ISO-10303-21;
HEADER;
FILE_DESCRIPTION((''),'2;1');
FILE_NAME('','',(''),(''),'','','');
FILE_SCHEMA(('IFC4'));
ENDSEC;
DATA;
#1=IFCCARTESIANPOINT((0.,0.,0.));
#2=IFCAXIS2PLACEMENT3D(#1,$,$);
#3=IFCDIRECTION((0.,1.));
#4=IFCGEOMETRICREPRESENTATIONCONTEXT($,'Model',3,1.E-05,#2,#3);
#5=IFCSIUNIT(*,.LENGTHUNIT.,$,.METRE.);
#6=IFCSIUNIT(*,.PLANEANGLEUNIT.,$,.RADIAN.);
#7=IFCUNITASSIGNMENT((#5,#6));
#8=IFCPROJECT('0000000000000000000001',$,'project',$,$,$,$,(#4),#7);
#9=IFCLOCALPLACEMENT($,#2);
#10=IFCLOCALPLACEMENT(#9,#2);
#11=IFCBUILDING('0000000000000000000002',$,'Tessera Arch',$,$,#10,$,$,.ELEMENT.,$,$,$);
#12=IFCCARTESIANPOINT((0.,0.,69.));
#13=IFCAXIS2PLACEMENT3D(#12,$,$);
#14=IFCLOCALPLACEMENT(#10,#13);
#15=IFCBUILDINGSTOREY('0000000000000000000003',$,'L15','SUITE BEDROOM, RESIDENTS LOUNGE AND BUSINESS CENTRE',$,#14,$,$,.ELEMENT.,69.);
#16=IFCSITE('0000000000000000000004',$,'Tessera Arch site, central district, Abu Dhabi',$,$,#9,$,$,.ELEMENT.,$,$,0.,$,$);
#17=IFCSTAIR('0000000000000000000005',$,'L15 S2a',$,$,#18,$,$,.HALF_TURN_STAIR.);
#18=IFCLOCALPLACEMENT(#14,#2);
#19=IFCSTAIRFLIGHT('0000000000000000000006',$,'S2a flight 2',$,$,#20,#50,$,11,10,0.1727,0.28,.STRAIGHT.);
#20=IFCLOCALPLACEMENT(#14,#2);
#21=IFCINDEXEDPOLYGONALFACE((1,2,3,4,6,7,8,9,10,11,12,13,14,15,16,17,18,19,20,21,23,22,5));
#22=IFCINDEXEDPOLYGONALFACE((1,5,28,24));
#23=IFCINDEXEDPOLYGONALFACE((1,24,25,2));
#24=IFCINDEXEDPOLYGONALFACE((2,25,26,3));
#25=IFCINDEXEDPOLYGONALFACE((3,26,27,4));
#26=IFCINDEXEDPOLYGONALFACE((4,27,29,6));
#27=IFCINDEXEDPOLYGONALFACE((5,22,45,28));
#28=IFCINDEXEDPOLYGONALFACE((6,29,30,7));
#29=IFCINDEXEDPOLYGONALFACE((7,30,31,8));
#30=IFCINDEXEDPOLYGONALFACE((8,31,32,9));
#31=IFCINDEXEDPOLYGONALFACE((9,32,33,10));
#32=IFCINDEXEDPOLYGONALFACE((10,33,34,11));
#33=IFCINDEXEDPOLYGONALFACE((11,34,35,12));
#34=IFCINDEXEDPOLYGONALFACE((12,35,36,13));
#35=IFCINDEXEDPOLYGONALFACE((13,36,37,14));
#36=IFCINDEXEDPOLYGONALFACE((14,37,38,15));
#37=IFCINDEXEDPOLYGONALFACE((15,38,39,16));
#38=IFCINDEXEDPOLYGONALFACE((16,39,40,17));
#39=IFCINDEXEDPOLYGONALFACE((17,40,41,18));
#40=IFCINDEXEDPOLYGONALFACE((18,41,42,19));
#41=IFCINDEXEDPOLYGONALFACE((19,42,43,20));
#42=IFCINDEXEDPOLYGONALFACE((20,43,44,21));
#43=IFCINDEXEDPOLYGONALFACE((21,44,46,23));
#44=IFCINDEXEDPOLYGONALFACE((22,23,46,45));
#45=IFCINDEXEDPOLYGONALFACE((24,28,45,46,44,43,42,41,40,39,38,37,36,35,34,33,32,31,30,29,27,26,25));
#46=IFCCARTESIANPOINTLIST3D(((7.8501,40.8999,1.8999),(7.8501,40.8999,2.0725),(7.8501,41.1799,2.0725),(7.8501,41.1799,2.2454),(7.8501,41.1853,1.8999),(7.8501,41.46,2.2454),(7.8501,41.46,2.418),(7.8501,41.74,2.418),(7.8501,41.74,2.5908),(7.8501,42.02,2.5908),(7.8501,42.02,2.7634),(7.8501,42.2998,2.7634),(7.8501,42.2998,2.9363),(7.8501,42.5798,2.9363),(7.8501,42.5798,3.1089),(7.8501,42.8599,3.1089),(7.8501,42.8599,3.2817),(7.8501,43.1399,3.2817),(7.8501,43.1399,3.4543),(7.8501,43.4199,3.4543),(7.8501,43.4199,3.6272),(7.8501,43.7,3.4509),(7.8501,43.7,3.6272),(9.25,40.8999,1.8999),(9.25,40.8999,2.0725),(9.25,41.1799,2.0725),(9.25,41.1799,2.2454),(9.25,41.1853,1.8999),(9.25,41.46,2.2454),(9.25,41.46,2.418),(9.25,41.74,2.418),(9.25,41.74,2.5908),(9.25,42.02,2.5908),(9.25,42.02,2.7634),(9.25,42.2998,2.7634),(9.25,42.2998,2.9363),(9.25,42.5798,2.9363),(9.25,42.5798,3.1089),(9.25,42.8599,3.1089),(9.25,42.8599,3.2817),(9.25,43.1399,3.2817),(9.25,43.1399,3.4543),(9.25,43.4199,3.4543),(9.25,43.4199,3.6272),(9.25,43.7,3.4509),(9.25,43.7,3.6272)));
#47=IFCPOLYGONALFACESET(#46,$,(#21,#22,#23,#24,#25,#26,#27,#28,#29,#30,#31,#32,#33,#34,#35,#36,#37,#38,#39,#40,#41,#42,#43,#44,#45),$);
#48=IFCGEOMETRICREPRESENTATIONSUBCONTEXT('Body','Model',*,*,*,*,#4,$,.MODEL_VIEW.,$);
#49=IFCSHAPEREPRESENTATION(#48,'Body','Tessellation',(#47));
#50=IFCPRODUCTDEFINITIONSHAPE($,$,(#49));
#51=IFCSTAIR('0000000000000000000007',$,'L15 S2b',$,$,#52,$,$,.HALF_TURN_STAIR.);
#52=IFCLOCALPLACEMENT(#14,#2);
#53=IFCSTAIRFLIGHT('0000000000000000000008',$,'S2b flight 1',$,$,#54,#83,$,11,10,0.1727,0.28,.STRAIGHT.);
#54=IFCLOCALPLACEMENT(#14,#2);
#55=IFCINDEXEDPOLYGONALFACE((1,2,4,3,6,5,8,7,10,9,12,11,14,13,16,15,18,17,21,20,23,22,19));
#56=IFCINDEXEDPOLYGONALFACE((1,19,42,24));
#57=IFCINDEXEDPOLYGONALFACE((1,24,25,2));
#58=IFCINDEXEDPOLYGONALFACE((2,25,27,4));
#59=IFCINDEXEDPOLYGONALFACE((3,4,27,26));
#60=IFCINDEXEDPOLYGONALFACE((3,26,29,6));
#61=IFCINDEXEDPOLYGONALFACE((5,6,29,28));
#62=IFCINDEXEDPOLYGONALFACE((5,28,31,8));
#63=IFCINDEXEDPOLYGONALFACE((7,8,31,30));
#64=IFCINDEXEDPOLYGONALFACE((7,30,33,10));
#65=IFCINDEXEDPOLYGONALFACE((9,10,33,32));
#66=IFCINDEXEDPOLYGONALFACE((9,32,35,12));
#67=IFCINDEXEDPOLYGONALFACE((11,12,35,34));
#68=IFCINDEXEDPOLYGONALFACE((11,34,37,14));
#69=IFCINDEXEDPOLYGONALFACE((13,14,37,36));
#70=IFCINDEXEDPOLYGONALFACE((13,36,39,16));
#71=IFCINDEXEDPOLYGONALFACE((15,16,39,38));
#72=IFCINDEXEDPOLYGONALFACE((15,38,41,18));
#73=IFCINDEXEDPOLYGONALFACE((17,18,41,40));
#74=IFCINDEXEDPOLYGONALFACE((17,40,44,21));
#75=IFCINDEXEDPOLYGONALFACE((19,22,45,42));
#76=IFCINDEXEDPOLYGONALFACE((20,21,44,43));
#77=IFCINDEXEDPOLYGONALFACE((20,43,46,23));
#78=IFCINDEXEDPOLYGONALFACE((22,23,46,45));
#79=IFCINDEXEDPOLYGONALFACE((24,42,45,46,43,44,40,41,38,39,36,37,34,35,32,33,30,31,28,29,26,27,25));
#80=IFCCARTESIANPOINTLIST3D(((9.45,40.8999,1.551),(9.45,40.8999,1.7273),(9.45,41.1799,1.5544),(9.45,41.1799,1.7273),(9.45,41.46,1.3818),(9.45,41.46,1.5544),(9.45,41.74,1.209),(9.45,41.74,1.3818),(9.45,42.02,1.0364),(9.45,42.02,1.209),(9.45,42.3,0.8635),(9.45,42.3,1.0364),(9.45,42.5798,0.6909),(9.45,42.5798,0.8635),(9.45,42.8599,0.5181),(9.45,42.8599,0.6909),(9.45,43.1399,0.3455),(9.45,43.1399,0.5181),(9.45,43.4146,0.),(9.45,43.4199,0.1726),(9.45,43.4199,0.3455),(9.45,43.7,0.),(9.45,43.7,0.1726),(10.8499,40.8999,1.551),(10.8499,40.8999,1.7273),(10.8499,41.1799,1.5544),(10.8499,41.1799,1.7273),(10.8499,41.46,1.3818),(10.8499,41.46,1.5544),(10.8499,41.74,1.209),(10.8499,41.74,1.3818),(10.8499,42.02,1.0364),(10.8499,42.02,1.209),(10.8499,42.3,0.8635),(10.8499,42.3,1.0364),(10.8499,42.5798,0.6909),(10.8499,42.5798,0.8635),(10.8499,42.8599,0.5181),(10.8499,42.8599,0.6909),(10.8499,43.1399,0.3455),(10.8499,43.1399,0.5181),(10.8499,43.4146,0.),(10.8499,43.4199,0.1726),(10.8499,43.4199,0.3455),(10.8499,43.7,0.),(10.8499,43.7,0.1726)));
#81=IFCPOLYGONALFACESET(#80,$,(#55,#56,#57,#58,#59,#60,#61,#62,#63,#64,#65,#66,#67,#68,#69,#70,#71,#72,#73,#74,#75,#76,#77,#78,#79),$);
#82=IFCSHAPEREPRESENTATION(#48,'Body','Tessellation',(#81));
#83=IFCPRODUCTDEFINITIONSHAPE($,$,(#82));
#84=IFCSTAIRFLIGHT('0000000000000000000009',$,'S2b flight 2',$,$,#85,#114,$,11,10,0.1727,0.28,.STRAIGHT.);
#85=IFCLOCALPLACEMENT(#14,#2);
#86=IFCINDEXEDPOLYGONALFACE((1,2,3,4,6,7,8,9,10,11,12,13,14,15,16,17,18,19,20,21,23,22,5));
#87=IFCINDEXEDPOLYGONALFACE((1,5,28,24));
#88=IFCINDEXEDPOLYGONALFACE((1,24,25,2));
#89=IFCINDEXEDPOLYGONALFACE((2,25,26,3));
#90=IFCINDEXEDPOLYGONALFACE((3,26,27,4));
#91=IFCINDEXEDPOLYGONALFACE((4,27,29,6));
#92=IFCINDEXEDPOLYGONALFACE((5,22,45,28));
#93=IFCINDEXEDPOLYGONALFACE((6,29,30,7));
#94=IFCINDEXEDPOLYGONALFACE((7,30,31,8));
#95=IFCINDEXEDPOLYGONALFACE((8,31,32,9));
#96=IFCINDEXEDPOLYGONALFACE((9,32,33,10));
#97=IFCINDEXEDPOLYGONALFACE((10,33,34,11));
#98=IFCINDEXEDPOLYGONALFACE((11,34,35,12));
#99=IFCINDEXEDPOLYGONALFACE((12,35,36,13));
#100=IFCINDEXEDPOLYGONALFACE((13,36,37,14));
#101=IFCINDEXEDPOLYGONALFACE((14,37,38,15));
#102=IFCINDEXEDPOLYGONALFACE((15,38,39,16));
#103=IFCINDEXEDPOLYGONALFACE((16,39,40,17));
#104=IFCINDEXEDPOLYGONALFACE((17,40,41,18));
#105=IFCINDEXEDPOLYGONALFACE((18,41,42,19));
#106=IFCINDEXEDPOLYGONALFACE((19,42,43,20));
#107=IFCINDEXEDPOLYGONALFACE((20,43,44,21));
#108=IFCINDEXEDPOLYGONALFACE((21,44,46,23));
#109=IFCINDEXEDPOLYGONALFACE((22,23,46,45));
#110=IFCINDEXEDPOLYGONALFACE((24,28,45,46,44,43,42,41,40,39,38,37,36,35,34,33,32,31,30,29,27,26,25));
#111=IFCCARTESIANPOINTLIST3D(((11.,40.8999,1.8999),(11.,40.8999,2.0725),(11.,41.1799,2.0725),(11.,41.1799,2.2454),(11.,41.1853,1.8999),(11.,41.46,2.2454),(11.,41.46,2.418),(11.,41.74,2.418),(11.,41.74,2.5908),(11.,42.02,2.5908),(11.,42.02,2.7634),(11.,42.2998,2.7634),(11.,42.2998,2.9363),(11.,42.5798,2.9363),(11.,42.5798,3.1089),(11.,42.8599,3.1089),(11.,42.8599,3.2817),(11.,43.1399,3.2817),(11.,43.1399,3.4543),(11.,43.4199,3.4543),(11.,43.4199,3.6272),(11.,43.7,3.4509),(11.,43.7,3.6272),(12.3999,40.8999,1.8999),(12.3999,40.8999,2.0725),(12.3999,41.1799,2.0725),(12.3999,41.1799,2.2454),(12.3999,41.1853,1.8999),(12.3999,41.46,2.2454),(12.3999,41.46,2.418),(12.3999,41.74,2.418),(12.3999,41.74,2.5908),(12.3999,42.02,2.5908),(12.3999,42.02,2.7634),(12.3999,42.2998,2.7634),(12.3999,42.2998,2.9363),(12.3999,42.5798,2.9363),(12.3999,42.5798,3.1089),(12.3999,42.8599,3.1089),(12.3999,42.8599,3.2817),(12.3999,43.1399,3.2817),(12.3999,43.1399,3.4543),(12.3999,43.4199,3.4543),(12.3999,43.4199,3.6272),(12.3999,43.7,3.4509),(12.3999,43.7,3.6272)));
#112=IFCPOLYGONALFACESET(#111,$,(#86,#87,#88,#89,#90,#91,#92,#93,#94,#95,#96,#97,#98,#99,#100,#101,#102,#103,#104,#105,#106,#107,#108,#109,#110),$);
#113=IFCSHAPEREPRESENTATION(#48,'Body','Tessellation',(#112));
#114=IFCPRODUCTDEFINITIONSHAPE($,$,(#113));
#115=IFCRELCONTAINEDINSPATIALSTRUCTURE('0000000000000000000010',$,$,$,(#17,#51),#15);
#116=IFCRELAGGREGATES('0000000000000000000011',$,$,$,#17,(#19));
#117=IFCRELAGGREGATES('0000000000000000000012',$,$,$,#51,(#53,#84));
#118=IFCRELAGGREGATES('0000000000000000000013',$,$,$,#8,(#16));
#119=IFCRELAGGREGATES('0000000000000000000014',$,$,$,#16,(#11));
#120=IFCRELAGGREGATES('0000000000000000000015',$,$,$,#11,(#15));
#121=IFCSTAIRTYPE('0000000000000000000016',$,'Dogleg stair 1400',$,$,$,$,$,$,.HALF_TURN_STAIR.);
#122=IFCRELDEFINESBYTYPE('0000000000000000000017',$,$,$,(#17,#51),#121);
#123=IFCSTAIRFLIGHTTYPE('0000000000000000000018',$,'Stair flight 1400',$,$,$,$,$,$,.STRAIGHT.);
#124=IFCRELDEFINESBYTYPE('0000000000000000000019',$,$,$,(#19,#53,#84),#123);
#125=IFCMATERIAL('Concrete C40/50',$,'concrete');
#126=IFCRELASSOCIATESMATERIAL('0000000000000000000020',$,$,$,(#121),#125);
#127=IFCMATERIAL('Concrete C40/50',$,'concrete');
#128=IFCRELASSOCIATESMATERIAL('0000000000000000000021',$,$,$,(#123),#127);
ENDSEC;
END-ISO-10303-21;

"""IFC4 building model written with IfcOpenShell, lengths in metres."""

from ifc_helpers import new_model, si_unit, direction, frame, origin, place, context, subcontext, project, spatial, polyline, outline, extrude, material, type_object, element, aggregate, save


model = new_model("IFC4")

# Units and contexts
model_context = context("Model", 3, precision=1e-05, world=origin(), true_north=direction((0.0, 1.0)))
body_context = subcontext(model_context, "Body", "Model", "MODEL_VIEW")
ifc_project = project(units=[si_unit("LENGTHUNIT", "METRE"), si_unit("PLANEANGLEUNIT", "RADIAN")], contexts=[model_context])

# Site, building, storey
site_placement = place(None, origin())
site = spatial("IfcSite", under=ifc_project, at=site_placement, Name="Tessera Arch site, central district, Abu Dhabi", CompositionType="ELEMENT", RefElevation=0.0)
building_placement = place(site_placement, origin())
building = spatial("IfcBuilding", under=site, at=building_placement, Name="Tessera Arch", CompositionType="ELEMENT")
storey_placement = place(building_placement, frame((0.0, 0.0, 69.0)))
storey = spatial("IfcBuildingStorey", under=building, at=storey_placement, Name="L15", Description="SUITE BEDROOM, RESIDENTS LOUNGE AND BUSINESS CENTRE", CompositionType="ELEMENT", Elevation=69.0)

# Stair, stair flight
ifc_material_1 = material(Name="Concrete C40/50", Category="concrete")
stair_type = type_object("IfcStairType", Name="Dogleg stair 1400", PredefinedType="HALF_TURN_STAIR", material=ifc_material_1)
stair_1_placement = place(storey_placement, origin())
stair_1 = element("IfcStair", 1, at=stair_1_placement, inside=storey, type_object=stair_type, Name="L15 S2a", PredefinedType="HALF_TURN_STAIR")
ifc_material_2 = material(Name="Concrete C40/50", Category="concrete")
stair_flight_type = type_object("IfcStairFlightType", Name="Stair flight 1400", PredefinedType="STRAIGHT", material=ifc_material_2)
stair_flight_1_placement = place(storey_placement, frame((8.55, 40.8999, 1.8999), z_axis=(0.0, 0.0, 1.0), x_axis=(0.0, 1.0, 0.0)))
stair_flight_1 = element("IfcStairFlight", 2, at=stair_flight_1_placement, type_object=stair_flight_type, Name="S2a flight 2", NumberOfRisers=11, NumberOfTreads=10, PredefinedType="STRAIGHT", RiserHeight=0.1727, TreadLength=0.28, context=body_context, shape_type="SweptSolid", body=[
    extrude(outline(polyline([(0.0, 0.0), (0.0, 0.1726), (0.28, 0.1726), (0.28, 0.3455), (0.5601, 0.3455), (0.5601, 0.5181), (0.8401, 0.5181), (0.8401, 0.6909), (1.1201, 0.6909), (1.1201, 0.8635), (1.3999, 0.8635), (1.3999, 1.0364), (1.6799, 1.0364), (1.6799, 1.209), (1.96, 1.209), (1.96, 1.3818), (2.24, 1.3818), (2.24, 1.5544), (2.52, 1.5544), (2.52, 1.7273), (2.8, 1.7273), (2.8, 1.8999), (2.8, 1.551), (0.2854, 0.0), (0.0, 0.0)])), frame((0.0, 0.7, 0.0), z_axis=(0.0, -1.0, 0.0), x_axis=(1.0, 0.0, 0.0)), (0.0, 0.0, 1.0), 1.3999),
])
aggregate(stair_1, [stair_flight_1])

# Stair, stair flights
stair_2_placement = place(storey_placement, origin())
stair_2 = element("IfcStair", 3, at=stair_2_placement, inside=storey, type_object=stair_type, Name="L15 S2b", PredefinedType="HALF_TURN_STAIR")
stair_flight_2_placement = place(storey_placement, frame((10.1499, 43.7, 0.0), z_axis=(0.0, 0.0, 1.0), x_axis=(0.0, -1.0, 0.0)))
stair_flight_2 = element("IfcStairFlight", 4, at=stair_flight_2_placement, type_object=stair_flight_type, Name="S2b flight 1", NumberOfRisers=11, NumberOfTreads=10, PredefinedType="STRAIGHT", RiserHeight=0.1727, TreadLength=0.28, context=body_context, shape_type="SweptSolid", body=[
    extrude(outline(polyline([(0.0, 0.0), (0.0, 0.1726), (0.28, 0.1726), (0.28, 0.3455), (0.5601, 0.3455), (0.5601, 0.5181), (0.8401, 0.5181), (0.8401, 0.6909), (1.1201, 0.6909), (1.1201, 0.8635), (1.3999, 0.8635), (1.3999, 1.0364), (1.6799, 1.0364), (1.6799, 1.209), (1.96, 1.209), (1.96, 1.3818), (2.24, 1.3818), (2.24, 1.5544), (2.52, 1.5544), (2.52, 1.7273), (2.8, 1.7273), (2.8, 1.8999), (2.8, 1.551), (0.2854, 0.0), (0.0, 0.0)])), frame((0.0, 0.7, 0.0), z_axis=(0.0, -1.0, 0.0), x_axis=(1.0, 0.0, 0.0)), (0.0, 0.0, 1.0), 1.3999),
])
stair_flight_3_placement = place(storey_placement, frame((11.7, 40.8999, 1.8999), z_axis=(0.0, 0.0, 1.0), x_axis=(0.0, 1.0, 0.0)))
stair_flight_3 = element("IfcStairFlight", 5, at=stair_flight_3_placement, type_object=stair_flight_type, Name="S2b flight 2", NumberOfRisers=11, NumberOfTreads=10, PredefinedType="STRAIGHT", RiserHeight=0.1727, TreadLength=0.28, context=body_context, shape_type="SweptSolid", body=[
    extrude(outline(polyline([(0.0, 0.0), (0.0, 0.1726), (0.28, 0.1726), (0.28, 0.3455), (0.5601, 0.3455), (0.5601, 0.5181), (0.8401, 0.5181), (0.8401, 0.6909), (1.1201, 0.6909), (1.1201, 0.8635), (1.3999, 0.8635), (1.3999, 1.0364), (1.6799, 1.0364), (1.6799, 1.209), (1.96, 1.209), (1.96, 1.3818), (2.24, 1.3818), (2.24, 1.5544), (2.52, 1.5544), (2.52, 1.7273), (2.8, 1.7273), (2.8, 1.8999), (2.8, 1.551), (0.2854, 0.0), (0.0, 0.0)])), frame((0.0, 0.7, 0.0), z_axis=(0.0, -1.0, 0.0), x_axis=(1.0, 0.0, 0.0)), (0.0, 0.0, 1.0), 1.3999),
])
aggregate(stair_2, [stair_flight_2, stair_flight_3])

save(model, "model.ifc")
